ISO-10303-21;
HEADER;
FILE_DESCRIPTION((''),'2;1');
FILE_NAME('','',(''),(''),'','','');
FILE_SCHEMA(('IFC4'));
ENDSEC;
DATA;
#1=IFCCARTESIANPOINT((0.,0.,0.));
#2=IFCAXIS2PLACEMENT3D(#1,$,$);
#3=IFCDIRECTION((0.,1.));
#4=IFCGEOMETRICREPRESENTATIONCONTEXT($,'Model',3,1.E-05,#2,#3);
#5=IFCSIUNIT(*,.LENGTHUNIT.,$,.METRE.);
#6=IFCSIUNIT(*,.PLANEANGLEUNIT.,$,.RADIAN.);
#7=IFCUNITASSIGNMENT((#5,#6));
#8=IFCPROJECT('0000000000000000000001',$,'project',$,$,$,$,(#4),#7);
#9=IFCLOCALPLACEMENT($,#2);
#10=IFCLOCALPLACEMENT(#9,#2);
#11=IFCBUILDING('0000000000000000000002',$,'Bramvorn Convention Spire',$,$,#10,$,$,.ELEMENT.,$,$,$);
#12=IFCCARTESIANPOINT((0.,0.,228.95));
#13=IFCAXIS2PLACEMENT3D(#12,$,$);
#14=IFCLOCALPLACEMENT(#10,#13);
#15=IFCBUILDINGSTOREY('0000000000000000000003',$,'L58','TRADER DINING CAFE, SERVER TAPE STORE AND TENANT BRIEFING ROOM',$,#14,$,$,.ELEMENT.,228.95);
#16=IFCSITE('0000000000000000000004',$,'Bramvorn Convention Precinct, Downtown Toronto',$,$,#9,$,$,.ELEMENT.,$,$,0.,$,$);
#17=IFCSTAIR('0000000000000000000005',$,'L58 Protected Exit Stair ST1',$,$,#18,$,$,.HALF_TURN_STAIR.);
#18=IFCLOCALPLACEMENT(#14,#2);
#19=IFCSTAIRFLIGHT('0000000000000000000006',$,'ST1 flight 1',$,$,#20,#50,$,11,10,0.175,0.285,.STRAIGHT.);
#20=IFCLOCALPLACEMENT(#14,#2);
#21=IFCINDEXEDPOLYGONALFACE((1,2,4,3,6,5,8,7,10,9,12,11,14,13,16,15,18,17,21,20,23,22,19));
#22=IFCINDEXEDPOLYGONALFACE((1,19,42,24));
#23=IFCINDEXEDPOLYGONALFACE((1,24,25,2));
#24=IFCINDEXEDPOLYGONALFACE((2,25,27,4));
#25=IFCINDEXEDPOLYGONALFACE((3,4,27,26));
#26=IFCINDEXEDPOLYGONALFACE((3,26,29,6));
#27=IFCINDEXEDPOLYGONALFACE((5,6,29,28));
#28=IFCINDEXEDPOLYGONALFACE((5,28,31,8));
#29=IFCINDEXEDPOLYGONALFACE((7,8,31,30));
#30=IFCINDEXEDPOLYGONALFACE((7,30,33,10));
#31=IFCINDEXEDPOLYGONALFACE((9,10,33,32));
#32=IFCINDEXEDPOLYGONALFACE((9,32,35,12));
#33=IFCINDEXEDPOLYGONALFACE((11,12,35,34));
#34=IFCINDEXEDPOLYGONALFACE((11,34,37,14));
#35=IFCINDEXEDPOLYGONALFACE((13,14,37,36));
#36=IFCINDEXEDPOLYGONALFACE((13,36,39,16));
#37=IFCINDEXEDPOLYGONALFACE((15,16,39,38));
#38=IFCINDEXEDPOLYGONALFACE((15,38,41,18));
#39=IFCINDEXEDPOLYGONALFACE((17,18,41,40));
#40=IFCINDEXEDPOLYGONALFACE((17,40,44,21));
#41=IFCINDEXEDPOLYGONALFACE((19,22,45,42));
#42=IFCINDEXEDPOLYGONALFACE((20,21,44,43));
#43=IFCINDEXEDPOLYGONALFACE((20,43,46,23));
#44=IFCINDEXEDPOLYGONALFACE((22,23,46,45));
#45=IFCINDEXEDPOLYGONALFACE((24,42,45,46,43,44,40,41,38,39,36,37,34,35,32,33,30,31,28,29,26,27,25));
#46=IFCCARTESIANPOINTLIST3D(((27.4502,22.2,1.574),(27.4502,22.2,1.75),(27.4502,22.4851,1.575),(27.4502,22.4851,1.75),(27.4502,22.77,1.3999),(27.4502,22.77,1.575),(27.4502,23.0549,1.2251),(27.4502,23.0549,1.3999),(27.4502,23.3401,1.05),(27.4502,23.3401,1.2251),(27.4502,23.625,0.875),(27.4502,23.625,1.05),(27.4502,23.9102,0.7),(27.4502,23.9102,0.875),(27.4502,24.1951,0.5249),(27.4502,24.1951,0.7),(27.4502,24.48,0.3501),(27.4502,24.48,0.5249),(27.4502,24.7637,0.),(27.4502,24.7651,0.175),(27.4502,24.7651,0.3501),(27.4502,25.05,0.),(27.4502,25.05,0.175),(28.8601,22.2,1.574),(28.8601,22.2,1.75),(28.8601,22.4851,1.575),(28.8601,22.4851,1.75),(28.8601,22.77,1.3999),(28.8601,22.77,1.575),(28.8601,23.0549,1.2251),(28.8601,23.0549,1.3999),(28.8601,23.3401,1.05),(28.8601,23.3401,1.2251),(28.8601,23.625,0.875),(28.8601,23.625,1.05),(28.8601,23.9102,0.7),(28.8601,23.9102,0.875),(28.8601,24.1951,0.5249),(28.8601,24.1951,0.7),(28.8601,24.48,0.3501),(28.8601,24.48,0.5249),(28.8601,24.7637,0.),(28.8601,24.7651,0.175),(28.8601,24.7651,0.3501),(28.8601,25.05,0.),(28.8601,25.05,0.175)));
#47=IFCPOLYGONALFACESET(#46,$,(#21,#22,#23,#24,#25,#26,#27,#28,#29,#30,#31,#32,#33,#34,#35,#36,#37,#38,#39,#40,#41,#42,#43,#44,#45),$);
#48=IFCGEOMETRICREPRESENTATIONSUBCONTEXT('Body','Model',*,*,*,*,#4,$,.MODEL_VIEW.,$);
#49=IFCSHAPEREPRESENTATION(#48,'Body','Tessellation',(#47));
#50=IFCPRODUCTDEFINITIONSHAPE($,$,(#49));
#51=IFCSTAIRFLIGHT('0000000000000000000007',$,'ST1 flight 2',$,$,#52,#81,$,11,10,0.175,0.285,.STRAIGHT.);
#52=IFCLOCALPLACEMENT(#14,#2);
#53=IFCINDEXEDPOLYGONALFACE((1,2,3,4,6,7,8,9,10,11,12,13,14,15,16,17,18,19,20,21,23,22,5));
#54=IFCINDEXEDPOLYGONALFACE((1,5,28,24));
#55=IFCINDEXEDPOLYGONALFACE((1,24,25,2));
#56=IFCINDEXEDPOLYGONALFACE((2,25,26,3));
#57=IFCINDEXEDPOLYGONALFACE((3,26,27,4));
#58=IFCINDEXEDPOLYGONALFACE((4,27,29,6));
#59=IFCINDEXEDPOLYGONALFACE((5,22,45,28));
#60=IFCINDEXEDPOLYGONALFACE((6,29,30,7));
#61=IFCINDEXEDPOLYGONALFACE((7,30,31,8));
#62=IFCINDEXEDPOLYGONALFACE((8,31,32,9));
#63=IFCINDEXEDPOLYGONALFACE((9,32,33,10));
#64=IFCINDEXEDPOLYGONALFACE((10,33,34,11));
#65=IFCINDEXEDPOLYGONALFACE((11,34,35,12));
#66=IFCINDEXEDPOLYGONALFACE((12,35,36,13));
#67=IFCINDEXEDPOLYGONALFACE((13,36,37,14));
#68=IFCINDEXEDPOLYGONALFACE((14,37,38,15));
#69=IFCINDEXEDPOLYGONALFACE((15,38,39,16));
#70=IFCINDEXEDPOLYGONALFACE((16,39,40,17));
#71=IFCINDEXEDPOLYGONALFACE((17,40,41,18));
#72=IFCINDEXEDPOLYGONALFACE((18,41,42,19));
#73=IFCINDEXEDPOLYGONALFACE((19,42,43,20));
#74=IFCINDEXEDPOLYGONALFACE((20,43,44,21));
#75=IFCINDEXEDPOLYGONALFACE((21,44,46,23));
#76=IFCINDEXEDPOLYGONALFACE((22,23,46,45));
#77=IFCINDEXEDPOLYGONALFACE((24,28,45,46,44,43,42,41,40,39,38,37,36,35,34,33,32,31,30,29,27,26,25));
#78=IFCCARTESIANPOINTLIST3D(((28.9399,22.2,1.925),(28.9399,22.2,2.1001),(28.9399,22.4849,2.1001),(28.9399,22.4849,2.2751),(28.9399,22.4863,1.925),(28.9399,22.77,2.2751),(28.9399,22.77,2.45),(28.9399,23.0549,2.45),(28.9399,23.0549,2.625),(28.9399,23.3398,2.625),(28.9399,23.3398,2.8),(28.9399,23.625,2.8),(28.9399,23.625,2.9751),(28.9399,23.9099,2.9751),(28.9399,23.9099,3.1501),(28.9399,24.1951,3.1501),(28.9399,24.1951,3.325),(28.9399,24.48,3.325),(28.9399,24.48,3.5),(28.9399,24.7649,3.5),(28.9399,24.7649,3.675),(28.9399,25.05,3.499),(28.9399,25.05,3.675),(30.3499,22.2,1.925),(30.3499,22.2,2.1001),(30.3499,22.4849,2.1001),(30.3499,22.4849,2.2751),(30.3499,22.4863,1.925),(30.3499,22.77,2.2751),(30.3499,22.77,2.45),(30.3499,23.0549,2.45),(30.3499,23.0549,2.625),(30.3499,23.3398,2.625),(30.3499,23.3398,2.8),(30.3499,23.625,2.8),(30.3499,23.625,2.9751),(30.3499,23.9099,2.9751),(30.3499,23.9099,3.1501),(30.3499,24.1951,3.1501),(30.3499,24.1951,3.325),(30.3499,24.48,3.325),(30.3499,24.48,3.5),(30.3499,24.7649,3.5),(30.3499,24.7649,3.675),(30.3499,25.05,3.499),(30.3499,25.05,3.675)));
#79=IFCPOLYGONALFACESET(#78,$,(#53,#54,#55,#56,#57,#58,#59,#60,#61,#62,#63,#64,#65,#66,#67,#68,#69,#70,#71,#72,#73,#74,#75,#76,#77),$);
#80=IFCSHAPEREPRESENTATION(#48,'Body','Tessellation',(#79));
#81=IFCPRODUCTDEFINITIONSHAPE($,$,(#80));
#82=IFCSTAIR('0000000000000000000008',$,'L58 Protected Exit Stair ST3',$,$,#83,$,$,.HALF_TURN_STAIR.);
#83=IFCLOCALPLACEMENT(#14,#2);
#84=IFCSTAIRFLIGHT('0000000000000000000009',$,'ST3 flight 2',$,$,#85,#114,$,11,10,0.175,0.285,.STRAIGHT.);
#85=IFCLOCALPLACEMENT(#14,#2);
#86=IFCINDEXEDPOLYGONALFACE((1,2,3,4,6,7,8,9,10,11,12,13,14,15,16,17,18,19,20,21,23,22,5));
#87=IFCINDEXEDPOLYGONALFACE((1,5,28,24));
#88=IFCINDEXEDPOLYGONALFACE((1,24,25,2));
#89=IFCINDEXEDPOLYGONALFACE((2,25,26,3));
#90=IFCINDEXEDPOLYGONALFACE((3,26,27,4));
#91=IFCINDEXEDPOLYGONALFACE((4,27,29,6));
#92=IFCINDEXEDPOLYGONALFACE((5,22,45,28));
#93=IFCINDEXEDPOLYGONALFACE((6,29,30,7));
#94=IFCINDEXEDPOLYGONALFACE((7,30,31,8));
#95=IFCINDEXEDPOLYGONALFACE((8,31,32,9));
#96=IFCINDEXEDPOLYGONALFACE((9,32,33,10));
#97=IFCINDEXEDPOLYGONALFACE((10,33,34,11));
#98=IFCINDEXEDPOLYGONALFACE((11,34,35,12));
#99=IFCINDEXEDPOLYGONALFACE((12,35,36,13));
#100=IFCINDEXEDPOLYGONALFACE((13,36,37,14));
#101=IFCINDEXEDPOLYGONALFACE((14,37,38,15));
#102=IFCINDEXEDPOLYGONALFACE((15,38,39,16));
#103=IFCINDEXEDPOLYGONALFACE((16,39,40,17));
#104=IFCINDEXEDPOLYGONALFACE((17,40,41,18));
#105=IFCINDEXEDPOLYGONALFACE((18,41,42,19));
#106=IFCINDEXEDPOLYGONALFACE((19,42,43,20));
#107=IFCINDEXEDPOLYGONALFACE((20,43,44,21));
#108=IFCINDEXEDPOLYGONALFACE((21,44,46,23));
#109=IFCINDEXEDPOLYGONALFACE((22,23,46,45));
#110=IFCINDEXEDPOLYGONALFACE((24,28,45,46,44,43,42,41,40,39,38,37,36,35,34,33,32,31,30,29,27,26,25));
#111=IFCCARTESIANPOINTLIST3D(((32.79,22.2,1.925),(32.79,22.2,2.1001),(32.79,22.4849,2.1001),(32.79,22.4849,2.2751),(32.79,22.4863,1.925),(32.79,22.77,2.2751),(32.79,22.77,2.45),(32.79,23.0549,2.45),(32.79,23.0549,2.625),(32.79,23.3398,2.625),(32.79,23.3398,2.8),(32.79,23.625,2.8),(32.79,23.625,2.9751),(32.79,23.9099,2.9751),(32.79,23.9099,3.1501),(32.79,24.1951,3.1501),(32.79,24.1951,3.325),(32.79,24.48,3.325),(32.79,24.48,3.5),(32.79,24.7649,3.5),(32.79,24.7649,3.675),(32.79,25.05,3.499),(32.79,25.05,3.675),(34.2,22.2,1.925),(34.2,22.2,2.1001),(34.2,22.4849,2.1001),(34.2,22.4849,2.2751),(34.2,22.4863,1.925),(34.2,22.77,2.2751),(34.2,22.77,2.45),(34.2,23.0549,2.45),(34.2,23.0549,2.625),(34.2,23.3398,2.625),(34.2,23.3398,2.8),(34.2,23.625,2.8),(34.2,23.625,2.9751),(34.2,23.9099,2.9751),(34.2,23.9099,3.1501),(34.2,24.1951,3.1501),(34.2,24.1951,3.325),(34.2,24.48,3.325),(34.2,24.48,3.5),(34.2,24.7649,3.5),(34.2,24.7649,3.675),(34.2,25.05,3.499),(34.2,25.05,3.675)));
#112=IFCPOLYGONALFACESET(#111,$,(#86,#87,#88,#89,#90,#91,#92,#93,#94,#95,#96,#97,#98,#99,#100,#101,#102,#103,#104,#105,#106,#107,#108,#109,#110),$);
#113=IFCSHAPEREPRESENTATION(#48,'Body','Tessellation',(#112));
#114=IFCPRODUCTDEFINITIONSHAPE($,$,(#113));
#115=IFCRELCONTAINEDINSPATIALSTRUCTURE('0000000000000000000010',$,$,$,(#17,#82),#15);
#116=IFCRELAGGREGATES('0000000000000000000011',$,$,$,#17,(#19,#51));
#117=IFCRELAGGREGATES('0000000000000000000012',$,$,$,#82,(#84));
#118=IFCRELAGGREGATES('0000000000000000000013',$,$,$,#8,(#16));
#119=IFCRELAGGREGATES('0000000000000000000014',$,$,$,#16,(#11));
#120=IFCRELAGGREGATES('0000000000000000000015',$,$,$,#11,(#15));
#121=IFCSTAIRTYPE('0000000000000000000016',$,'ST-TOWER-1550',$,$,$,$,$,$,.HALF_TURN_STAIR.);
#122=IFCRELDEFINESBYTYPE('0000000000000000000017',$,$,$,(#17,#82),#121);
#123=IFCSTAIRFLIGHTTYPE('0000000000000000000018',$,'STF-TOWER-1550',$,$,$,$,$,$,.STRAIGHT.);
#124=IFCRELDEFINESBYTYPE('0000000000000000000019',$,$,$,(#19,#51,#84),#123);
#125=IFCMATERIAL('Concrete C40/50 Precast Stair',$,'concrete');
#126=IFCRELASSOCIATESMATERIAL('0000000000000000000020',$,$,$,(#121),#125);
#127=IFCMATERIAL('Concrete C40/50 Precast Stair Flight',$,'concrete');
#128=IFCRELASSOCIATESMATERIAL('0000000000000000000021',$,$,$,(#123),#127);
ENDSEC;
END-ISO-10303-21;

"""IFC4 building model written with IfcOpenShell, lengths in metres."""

from ifc_helpers import new_model, si_unit, direction, frame, origin, place, context, subcontext, project, spatial, polyline, outline, extrude, material, type_object, element, aggregate, save


model = new_model("IFC4")

# Units and contexts
model_context = context("Model", 3, precision=1e-05, world=origin(), true_north=direction((0.0, 1.0)))
body_context = subcontext(model_context, "Body", "Model", "MODEL_VIEW")
ifc_project = project(units=[si_unit("LENGTHUNIT", "METRE"), si_unit("PLANEANGLEUNIT", "RADIAN")], contexts=[model_context])

# Site, building, storey
site_placement = place(None, origin())
site = spatial("IfcSite", under=ifc_project, at=site_placement, Name="Bramvorn Convention Precinct, Downtown Toronto", CompositionType="ELEMENT", RefElevation=0.0)
building_placement = place(site_placement, origin())
building = spatial("IfcBuilding", under=site, at=building_placement, Name="Bramvorn Convention Spire", CompositionType="ELEMENT")
storey_placement = place(building_placement, frame((0.0, 0.0, 228.95)))
storey = spatial("IfcBuildingStorey", under=building, at=storey_placement, Name="L58", Description="TRADER DINING CAFE, SERVER TAPE STORE AND TENANT BRIEFING ROOM", CompositionType="ELEMENT", Elevation=228.95)

# Stair, stair flights
ifc_material_1 = material(Name="Concrete C40/50 Precast Stair", Category="concrete")
stair_type = type_object("IfcStairType", Name="ST-TOWER-1550", PredefinedType="HALF_TURN_STAIR", material=ifc_material_1)
stair_1_placement = place(storey_placement, origin())
stair_1 = element("IfcStair", 1, at=stair_1_placement, inside=storey, type_object=stair_type, Name="L58 Protected Exit Stair ST1", PredefinedType="HALF_TURN_STAIR")
ifc_material_2 = material(Name="Concrete C40/50 Precast Stair Flight", Category="concrete")
stair_flight_type = type_object("IfcStairFlightType", Name="STF-TOWER-1550", PredefinedType="STRAIGHT", material=ifc_material_2)
stair_flight_1_placement = place(storey_placement, frame((28.155, 25.05, 0.0), z_axis=(0.0, 0.0, 1.0), x_axis=(0.0, -1.0, 0.0)))
stair_flight_1 = element("IfcStairFlight", 2, at=stair_flight_1_placement, type_object=stair_flight_type, Name="ST1 flight 1", NumberOfRisers=11, NumberOfTreads=10, PredefinedType="STRAIGHT", RiserHeight=0.175, TreadLength=0.285, context=body_context, shape_type="SweptSolid", body=[
    extrude(outline(polyline([(0.0, 0.0), (0.0, 0.175), (0.2849, 0.175), (0.2849, 0.3501), (0.5701, 0.3501), (0.5701, 0.5249), (0.855, 0.5249), (0.855, 0.7), (1.1399, 0.7), (1.1399, 0.875), (1.425, 0.875), (1.425, 1.05), (1.71, 1.05), (1.71, 1.2251), (1.9951, 1.2251), (1.9951, 1.3999), (2.28, 1.3999), (2.28, 1.575), (2.5649, 1.575), (2.5649, 1.75), (2.8501, 1.75), (2.8501, 1.925), (2.8501, 1.574), (0.2864, 0.0), (0.0, 0.0)])), frame((0.0, 0.7051, 0.0), z_axis=(0.0, -1.0, 0.0), x_axis=(1.0, 0.0, 0.0)), (0.0, 0.0, 1.0), 1.4099),
])
stair_flight_2_placement = place(storey_placement, frame((29.645, 22.2, 1.925), z_axis=(0.0, 0.0, 1.0), x_axis=(0.0, 1.0, 0.0)))
stair_flight_2 = element("IfcStairFlight", 3, at=stair_flight_2_placement, type_object=stair_flight_type, Name="ST1 flight 2", NumberOfRisers=11, NumberOfTreads=10, PredefinedType="STRAIGHT", RiserHeight=0.175, TreadLength=0.285, context=body_context, shape_type="SweptSolid", body=[
    extrude(outline(polyline([(0.0, 0.0), (0.0, 0.175), (0.2849, 0.175), (0.2849, 0.3501), (0.5701, 0.3501), (0.5701, 0.5249), (0.855, 0.5249), (0.855, 0.7), (1.1399, 0.7), (1.1399, 0.875), (1.425, 0.875), (1.425, 1.05), (1.71, 1.05), (1.71, 1.2251), (1.9951, 1.2251), (1.9951, 1.3999), (2.28, 1.3999), (2.28, 1.575), (2.5649, 1.575), (2.5649, 1.75), (2.8501, 1.75), (2.8501, 1.925), (2.8501, 1.574), (0.2864, 0.0), (0.0, 0.0)])), frame((0.0, 0.7051, 0.0), z_axis=(0.0, -1.0, 0.0), x_axis=(1.0, 0.0, 0.0)), (0.0, 0.0, 1.0), 1.4099),
])
aggregate(stair_1, [stair_flight_1, stair_flight_2])

# Stair, stair flight
stair_2_placement = place(storey_placement, origin())
stair_2 = element("IfcStair", 4, at=stair_2_placement, inside=storey, type_object=stair_type, Name="L58 Protected Exit Stair ST3", PredefinedType="HALF_TURN_STAIR")
stair_flight_3_placement = place(storey_placement, frame((33.4951, 22.2, 1.925), z_axis=(0.0, 0.0, 1.0), x_axis=(0.0, 1.0, 0.0)))
stair_flight_3 = element("IfcStairFlight", 5, at=stair_flight_3_placement, type_object=stair_flight_type, Name="ST3 flight 2", NumberOfRisers=11, NumberOfTreads=10, PredefinedType="STRAIGHT", RiserHeight=0.175, TreadLength=0.285, context=body_context, shape_type="SweptSolid", body=[
    extrude(outline(polyline([(0.0, 0.0), (0.0, 0.175), (0.2849, 0.175), (0.2849, 0.3501), (0.5701, 0.3501), (0.5701, 0.5249), (0.855, 0.5249), (0.855, 0.7), (1.1399, 0.7), (1.1399, 0.875), (1.425, 0.875), (1.425, 1.05), (1.71, 1.05), (1.71, 1.2251), (1.9951, 1.2251), (1.9951, 1.3999), (2.28, 1.3999), (2.28, 1.575), (2.5649, 1.575), (2.5649, 1.75), (2.8501, 1.75), (2.8501, 1.925), (2.8501, 1.574), (0.2864, 0.0), (0.0, 0.0)])), frame((0.0, 0.7051, 0.0), z_axis=(0.0, -1.0, 0.0), x_axis=(1.0, 0.0, 0.0)), (0.0, 0.0, 1.0), 1.4099),
])
aggregate(stair_2, [stair_flight_3])

save(model, "model.ifc")
